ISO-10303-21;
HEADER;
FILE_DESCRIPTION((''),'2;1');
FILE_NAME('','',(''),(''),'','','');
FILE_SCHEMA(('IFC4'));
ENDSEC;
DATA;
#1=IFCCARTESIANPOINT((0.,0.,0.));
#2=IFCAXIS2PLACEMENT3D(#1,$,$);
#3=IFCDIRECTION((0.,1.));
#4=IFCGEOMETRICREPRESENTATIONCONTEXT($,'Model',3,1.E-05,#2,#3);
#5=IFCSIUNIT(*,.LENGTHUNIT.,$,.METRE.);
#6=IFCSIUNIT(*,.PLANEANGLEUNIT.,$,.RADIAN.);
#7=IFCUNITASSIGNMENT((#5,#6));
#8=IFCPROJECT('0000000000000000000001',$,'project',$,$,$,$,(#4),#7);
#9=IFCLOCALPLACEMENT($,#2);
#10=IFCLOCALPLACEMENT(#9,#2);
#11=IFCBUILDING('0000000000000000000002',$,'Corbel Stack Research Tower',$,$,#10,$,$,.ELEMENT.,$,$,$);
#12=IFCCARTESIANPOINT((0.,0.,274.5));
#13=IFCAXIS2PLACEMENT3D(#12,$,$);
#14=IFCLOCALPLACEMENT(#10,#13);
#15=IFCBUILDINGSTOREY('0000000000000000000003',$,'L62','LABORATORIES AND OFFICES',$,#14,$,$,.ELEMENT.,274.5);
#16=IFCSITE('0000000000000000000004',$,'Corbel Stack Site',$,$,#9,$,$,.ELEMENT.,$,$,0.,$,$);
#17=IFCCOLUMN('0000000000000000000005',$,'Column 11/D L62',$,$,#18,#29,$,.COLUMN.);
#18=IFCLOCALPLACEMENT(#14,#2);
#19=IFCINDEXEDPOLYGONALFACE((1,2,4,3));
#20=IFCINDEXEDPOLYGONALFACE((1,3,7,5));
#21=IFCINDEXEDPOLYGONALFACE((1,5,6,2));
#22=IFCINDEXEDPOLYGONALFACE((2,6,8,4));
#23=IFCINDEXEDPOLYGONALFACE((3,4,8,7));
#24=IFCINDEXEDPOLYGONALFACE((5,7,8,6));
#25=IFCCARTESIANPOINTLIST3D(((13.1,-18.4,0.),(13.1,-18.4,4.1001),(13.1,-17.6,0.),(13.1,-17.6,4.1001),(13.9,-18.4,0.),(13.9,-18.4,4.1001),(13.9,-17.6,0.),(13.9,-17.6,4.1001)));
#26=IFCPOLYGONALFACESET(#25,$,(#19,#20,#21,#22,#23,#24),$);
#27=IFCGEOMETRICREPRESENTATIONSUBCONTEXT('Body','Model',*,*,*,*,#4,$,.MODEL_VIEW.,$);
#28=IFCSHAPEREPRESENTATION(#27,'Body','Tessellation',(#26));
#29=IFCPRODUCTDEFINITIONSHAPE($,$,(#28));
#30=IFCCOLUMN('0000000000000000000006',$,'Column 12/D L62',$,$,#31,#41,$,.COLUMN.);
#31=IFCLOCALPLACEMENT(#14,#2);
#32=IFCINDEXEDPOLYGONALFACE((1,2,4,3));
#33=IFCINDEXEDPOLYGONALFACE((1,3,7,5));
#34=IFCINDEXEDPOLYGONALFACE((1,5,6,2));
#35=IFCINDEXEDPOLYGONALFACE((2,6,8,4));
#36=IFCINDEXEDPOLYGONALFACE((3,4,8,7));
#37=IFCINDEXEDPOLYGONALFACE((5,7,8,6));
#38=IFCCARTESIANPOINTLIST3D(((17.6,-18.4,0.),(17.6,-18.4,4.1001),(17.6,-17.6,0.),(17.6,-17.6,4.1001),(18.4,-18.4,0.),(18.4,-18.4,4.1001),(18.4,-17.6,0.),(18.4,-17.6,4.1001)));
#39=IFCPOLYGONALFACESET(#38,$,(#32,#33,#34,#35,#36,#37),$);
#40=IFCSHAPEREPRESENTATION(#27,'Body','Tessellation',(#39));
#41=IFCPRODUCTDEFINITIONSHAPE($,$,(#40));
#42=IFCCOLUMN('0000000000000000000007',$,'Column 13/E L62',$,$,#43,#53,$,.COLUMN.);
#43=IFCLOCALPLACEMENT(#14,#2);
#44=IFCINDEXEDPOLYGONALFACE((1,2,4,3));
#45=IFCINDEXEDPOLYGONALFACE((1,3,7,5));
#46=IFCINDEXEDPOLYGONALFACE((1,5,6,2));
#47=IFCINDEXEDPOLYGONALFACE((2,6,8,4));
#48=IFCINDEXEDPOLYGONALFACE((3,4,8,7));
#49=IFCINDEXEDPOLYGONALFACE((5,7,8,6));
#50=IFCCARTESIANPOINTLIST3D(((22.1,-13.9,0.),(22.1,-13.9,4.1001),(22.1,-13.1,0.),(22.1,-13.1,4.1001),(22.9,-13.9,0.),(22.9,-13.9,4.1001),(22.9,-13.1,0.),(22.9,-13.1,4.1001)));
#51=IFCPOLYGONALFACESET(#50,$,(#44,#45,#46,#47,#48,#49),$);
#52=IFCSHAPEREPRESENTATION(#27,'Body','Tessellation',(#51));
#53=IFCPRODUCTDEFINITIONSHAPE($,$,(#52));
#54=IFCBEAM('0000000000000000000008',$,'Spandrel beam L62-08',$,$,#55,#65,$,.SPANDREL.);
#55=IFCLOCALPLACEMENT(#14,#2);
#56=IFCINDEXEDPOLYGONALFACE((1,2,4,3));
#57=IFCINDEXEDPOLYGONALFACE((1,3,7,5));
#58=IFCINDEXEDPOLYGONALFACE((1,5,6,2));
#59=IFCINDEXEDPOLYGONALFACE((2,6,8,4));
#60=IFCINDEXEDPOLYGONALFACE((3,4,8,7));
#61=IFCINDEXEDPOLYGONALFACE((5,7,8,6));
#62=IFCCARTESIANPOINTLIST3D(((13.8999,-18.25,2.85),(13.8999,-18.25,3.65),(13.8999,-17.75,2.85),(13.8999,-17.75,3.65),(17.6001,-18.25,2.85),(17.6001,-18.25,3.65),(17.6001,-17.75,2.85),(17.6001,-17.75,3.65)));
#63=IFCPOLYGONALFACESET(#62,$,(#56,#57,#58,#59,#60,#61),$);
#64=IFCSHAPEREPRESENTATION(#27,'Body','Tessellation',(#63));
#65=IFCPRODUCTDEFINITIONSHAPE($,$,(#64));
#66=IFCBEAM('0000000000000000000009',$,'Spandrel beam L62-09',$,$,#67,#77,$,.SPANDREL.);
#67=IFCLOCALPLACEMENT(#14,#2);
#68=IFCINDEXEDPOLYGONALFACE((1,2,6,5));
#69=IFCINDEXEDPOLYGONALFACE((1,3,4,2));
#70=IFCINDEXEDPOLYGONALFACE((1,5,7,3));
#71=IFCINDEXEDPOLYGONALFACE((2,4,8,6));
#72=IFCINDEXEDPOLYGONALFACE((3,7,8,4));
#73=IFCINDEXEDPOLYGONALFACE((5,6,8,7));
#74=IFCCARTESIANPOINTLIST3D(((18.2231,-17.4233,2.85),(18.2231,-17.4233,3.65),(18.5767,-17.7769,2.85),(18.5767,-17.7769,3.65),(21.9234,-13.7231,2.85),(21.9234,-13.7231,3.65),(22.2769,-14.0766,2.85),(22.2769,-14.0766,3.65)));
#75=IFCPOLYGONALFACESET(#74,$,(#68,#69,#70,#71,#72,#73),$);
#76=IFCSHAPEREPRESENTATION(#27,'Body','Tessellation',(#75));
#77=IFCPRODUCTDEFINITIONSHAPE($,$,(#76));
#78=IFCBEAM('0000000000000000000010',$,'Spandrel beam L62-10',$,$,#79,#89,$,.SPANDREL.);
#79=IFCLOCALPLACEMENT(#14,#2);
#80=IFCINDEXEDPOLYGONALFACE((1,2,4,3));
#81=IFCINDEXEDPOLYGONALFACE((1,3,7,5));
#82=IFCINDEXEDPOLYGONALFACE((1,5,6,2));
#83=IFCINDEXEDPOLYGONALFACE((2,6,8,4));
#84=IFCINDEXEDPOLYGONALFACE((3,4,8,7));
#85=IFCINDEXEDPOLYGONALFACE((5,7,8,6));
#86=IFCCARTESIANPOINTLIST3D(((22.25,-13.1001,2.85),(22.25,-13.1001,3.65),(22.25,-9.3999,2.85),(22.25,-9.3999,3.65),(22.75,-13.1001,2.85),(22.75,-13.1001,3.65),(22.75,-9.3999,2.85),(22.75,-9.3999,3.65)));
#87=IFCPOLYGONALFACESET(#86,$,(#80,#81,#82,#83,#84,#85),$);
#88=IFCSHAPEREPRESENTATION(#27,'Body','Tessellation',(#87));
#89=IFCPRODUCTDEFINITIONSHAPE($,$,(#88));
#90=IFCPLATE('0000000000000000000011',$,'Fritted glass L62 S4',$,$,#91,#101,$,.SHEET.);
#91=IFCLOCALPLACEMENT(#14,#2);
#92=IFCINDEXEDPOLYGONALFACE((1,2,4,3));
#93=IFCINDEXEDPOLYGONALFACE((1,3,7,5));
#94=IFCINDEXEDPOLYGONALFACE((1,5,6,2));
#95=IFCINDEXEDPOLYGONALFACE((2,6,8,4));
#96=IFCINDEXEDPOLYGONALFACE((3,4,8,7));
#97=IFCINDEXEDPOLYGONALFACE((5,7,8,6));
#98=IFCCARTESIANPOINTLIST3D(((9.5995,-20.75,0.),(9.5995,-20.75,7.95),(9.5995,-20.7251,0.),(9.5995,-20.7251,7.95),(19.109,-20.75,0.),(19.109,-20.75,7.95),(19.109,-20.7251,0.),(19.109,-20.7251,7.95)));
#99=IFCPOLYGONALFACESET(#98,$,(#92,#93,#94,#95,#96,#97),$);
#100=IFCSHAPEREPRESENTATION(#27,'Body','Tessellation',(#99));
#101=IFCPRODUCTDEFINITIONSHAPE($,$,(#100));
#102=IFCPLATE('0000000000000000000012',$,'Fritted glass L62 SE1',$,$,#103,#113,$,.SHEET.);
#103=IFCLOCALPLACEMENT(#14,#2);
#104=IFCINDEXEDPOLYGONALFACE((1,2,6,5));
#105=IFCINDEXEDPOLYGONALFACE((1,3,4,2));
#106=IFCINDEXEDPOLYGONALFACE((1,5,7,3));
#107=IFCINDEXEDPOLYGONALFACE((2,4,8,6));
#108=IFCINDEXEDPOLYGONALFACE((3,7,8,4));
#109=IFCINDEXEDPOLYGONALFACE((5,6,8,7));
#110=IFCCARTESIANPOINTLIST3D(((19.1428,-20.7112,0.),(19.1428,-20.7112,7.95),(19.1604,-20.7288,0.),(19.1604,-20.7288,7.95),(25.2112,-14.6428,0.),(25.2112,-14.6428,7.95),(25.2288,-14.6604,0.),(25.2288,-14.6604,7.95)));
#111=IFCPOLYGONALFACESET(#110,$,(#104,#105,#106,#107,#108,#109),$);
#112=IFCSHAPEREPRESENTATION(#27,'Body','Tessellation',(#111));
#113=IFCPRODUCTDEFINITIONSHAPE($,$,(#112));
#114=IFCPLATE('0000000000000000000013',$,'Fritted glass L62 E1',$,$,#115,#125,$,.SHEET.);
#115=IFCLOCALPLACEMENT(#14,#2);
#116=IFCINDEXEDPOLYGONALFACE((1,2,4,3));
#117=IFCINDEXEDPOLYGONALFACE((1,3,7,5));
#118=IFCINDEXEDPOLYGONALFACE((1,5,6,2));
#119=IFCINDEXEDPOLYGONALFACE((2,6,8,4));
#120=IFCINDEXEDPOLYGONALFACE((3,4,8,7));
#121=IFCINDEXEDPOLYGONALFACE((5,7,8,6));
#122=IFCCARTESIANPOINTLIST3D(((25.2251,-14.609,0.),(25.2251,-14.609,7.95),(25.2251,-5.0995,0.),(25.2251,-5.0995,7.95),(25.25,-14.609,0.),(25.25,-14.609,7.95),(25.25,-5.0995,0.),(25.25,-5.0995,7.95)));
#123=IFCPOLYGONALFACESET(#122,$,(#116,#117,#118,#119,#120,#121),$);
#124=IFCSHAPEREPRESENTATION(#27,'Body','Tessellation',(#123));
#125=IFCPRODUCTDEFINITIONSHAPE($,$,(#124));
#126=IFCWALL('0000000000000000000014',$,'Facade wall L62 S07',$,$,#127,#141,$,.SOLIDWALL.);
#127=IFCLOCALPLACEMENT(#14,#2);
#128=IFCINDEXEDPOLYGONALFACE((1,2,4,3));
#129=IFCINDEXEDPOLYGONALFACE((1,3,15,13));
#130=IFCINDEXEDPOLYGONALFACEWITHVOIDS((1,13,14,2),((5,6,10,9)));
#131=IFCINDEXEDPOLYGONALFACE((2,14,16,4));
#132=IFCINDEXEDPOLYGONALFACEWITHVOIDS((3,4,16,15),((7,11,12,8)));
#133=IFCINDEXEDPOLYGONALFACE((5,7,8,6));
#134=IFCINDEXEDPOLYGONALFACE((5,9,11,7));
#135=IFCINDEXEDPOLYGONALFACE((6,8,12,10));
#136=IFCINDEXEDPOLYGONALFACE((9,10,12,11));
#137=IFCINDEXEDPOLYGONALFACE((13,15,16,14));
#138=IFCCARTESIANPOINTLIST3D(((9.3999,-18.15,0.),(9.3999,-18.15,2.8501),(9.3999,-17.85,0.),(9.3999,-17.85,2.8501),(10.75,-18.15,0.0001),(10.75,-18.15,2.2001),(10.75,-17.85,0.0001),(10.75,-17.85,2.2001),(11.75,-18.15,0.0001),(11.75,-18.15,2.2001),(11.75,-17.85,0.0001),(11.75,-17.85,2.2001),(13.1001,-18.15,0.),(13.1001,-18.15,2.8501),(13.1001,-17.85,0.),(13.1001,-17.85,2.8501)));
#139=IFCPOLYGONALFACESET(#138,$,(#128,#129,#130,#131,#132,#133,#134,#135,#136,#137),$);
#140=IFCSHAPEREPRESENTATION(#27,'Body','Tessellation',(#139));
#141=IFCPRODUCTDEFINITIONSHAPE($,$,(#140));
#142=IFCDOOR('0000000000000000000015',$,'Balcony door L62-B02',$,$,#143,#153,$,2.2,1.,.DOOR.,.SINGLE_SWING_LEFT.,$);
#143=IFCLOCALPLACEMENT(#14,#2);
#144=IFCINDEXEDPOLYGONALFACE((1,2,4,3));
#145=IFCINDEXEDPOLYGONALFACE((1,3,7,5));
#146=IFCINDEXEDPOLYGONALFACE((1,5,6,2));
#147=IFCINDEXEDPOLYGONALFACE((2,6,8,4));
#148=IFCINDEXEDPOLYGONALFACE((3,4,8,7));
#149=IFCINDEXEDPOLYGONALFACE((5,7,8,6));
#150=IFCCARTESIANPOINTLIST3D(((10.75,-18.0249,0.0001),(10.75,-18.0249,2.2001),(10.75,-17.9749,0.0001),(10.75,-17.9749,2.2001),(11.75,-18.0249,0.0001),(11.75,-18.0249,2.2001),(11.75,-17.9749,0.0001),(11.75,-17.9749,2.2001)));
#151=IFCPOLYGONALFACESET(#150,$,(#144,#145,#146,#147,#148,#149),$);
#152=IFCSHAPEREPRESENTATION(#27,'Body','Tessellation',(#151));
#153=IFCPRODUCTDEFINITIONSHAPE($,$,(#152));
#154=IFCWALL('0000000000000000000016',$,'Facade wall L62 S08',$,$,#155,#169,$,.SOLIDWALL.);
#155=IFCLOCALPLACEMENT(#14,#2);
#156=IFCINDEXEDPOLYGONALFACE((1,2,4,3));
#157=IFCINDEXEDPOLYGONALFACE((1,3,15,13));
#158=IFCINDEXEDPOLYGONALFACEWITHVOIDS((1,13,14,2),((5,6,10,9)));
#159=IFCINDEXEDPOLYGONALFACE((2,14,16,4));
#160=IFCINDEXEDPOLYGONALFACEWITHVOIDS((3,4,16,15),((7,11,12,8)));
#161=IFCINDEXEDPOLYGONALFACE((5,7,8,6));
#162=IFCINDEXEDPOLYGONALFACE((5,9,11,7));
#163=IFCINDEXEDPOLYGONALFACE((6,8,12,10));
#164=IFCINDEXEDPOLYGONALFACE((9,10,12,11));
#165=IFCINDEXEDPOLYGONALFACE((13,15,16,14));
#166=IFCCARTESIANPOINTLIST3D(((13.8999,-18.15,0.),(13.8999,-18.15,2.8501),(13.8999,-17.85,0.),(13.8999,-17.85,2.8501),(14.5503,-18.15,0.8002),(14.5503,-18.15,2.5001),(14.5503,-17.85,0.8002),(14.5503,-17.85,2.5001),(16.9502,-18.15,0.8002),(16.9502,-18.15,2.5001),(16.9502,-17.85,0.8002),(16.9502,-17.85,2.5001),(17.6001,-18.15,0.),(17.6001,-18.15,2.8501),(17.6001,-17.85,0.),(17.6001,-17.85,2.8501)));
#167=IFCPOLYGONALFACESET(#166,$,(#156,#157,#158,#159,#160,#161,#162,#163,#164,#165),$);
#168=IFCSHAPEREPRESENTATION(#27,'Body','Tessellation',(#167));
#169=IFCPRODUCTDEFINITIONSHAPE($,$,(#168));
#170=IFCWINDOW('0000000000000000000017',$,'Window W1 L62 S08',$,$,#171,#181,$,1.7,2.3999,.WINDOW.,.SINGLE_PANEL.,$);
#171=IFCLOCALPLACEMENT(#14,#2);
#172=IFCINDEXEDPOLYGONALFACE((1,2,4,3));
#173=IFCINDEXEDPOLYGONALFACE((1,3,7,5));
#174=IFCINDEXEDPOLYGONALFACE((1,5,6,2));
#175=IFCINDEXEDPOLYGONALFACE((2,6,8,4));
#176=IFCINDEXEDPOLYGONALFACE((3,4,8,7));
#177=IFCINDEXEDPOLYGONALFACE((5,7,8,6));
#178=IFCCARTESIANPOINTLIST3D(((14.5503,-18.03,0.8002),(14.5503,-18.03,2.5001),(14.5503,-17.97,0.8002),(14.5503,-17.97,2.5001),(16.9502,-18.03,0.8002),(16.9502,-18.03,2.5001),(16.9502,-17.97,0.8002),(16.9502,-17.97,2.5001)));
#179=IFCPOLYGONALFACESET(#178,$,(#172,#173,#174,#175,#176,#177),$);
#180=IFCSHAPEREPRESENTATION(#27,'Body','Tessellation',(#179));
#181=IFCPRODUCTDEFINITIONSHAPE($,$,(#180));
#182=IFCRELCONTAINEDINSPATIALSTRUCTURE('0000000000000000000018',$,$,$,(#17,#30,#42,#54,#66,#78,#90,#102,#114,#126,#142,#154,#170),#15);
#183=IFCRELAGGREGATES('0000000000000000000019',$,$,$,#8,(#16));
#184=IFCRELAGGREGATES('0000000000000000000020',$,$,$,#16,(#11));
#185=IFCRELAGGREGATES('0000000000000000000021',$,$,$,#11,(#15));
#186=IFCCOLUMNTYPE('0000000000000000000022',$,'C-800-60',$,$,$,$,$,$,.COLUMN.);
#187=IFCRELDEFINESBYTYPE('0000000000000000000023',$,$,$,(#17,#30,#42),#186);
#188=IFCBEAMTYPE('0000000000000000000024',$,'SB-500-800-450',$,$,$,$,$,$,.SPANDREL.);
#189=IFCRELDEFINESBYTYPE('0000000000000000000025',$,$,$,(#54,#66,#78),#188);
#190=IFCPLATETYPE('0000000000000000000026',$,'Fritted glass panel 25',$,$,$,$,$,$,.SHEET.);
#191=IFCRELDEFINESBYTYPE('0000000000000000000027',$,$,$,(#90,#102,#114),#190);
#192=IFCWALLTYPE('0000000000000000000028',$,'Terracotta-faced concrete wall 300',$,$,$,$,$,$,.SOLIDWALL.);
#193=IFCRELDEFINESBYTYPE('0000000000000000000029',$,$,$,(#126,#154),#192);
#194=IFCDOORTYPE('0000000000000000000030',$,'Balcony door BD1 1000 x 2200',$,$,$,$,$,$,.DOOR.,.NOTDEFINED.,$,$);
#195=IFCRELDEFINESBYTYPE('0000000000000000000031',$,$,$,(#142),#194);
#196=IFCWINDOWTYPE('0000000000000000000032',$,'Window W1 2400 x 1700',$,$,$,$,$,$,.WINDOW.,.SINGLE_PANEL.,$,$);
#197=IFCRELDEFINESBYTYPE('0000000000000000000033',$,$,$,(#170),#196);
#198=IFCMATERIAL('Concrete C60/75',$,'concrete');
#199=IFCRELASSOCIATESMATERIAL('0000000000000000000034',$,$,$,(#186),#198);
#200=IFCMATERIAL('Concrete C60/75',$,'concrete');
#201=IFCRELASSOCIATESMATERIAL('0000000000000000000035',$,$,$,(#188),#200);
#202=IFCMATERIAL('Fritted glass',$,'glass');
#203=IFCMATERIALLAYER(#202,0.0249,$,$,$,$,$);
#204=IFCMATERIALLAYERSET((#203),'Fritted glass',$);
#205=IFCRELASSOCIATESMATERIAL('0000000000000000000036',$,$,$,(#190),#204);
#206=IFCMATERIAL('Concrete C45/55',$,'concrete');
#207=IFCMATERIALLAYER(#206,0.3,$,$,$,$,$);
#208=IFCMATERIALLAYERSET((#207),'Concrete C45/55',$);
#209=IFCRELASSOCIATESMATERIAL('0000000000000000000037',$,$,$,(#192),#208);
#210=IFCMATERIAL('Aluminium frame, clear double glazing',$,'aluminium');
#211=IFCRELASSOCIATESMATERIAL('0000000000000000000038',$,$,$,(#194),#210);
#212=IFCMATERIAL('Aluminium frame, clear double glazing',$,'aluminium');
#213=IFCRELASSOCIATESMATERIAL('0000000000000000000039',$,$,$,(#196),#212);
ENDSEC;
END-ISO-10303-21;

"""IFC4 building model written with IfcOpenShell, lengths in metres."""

from ifc_helpers import new_model, si_unit, direction, frame, frame_2d, origin, origin_2d, place, context, subcontext, project, spatial, rectangle, extrude, material, layer, layer_set, material_profile, profile_set, type_object, element, fill, save


model = new_model("IFC4")

# Units and contexts
model_context = context("Model", 3, precision=1e-05, world=origin(), true_north=direction((0.0, 1.0)))
body_context = subcontext(model_context, "Body", "Model", "MODEL_VIEW")
ifc_project = project(units=[si_unit("LENGTHUNIT", "METRE"), si_unit("PLANEANGLEUNIT", "RADIAN")], contexts=[model_context])

# Site, building, storey
site_placement = place(None, origin())
site = spatial("IfcSite", under=ifc_project, at=site_placement, Name="Corbel Stack Site", CompositionType="ELEMENT", RefElevation=0.0)
building_placement = place(site_placement, origin())
building = spatial("IfcBuilding", under=site, at=building_placement, Name="Corbel Stack Research Tower", CompositionType="ELEMENT")
storey_placement = place(building_placement, frame((0.0, 0.0, 274.5)))
storey = spatial("IfcBuildingStorey", under=building, at=storey_placement, Name="L62", Description="LABORATORIES AND OFFICES", CompositionType="ELEMENT", Elevation=274.5)

# Columns
ifc_material_1 = material(Name="Concrete C60/75", Category="concrete")
ifc_material_profile_1 = material_profile(ifc_material_1, rectangle(XDim=0.8, YDim=0.8, at=origin_2d()), Name="RC 800 x 800")
ifc_profile_set_1 = profile_set([ifc_material_profile_1], Name="Concrete C60/75")
column_type = type_object("IfcColumnType", Name="C-800-60", PredefinedType="COLUMN", material=ifc_profile_set_1)
for number, where, z_axis, x_axis, name in (
    (1, (13.5, -18.0, 0.0), (0.0, 0.0, 1.0), (1.0, 0.0, 0.0), "Column 11/D L62"),
    (2, (18.0, -18.0, 0.0), (0.0, 0.0, 1.0), (1.0, 0.0, 0.0), "Column 12/D L62"),
    (3, (22.5, -13.5, 0.0), (0.0, 0.0, 1.0), (1.0, 0.0, 0.0), "Column 13/E L62"),
):
    element("IfcColumn", number, at=place(storey_placement, frame(where, z_axis=z_axis, x_axis=x_axis)), inside=storey, type_object=column_type, Name=name, PredefinedType="COLUMN", context=body_context, shape_type="SweptSolid", body=[
        extrude(rectangle(XDim=0.8, YDim=0.8, at=origin_2d()), origin(), (0.0, 0.0, 1.0), 4.1001),
    ])

# Beams
ifc_material_2 = material(Name="Concrete C60/75", Category="concrete")
ifc_material_profile_2 = material_profile(ifc_material_2, rectangle(XDim=0.5, YDim=0.8, at=origin_2d()), Name="RC 500 x 800")
ifc_profile_set_2 = profile_set([ifc_material_profile_2], Name="Concrete C60/75")
beam_type = type_object("IfcBeamType", Name="SB-500-800-450", PredefinedType="SPANDREL", material=ifc_profile_set_2)
beam_1_placement = place(storey_placement, frame((13.8999, -18.0, 3.25), z_axis=(1.0, 0.0, 0.0), x_axis=(0.0, 1.0, 0.0)))
element("IfcBeam", 4, at=beam_1_placement, inside=storey, type_object=beam_type, Name="Spandrel beam L62-08", PredefinedType="SPANDREL", context=body_context, shape_type="SweptSolid", body=[
    extrude(rectangle(XDim=0.5, YDim=0.8, at=origin_2d()), origin(), (0.0, 0.0, 1.0), 3.7002),
])
beam_2_placement = place(storey_placement, frame((18.3999, -17.6001, 3.25), z_axis=(0.707107, 0.707107, 0.0), x_axis=(-0.707107, 0.707107, 0.0)))
element("IfcBeam", 5, at=beam_2_placement, inside=storey, type_object=beam_type, Name="Spandrel beam L62-09", PredefinedType="SPANDREL", context=body_context, shape_type="SweptSolid", body=[
    extrude(rectangle(XDim=0.5, YDim=0.8, at=origin_2d()), origin(), (0.0, 0.0, 1.0), 5.2329),
])
beam_3_placement = place(storey_placement, frame((22.5, -13.1001, 3.25), z_axis=(0.0, 1.0, 0.0), x_axis=(-1.0, 0.0, 0.0)))
element("IfcBeam", 6, at=beam_3_placement, inside=storey, type_object=beam_type, Name="Spandrel beam L62-10", PredefinedType="SPANDREL", context=body_context, shape_type="SweptSolid", body=[
    extrude(rectangle(XDim=0.5, YDim=0.8, at=origin_2d()), origin(), (0.0, 0.0, 1.0), 3.7002),
])

# Plates
ifc_material_3 = material(Name="Fritted glass", Category="glass")
ifc_layer_1 = layer(ifc_material_3, 0.0249)
ifc_layer_set_1 = layer_set([ifc_layer_1], Name="Fritted glass")
plate_type = type_object("IfcPlateType", Name="Fritted glass panel 25", PredefinedType="SHEET", material=ifc_layer_set_1)
plate_1_placement = place(storey_placement, frame((14.3542, -20.7375, 0.0), z_axis=(0.0, 0.0, 1.0), x_axis=(1.0, 0.0, 0.0)))
element("IfcPlate", 7, at=plate_1_placement, inside=storey, type_object=plate_type, Name="Fritted glass L62 S4", PredefinedType="SHEET", context=body_context, shape_type="SweptSolid", body=[
    extrude(rectangle(XDim=9.5095, YDim=0.0249, at=origin_2d()), origin(), (0.0, 0.0, 1.0), 7.95),
])
plate_2_placement = place(storey_placement, frame((22.1858, -17.6858, 0.0), z_axis=(0.0, 0.0, 1.0), x_axis=(0.707107, 0.707107, 0.0)))
element("IfcPlate", 8, at=plate_2_placement, inside=storey, type_object=plate_type, Name="Fritted glass L62 SE1", PredefinedType="SHEET", context=body_context, shape_type="SweptSolid", body=[
    extrude(rectangle(XDim=8.582, YDim=0.0249, at=origin_2d()), origin(), (0.0, 0.0, 1.0), 7.95),
])
plate_3_placement = place(storey_placement, frame((25.2375, -9.8542, 0.0), z_axis=(0.0, 0.0, 1.0), x_axis=(0.0, 1.0, 0.0)))
element("IfcPlate", 9, at=plate_3_placement, inside=storey, type_object=plate_type, Name="Fritted glass L62 E1", PredefinedType="SHEET", context=body_context, shape_type="SweptSolid", body=[
    extrude(rectangle(XDim=9.5095, YDim=0.0249, at=origin_2d()), origin(), (0.0, 0.0, 1.0), 7.95),
])

# Wall, opening, door
ifc_material_4 = material(Name="Concrete C45/55", Category="concrete")
ifc_layer_2 = layer(ifc_material_4, 0.3)
ifc_layer_set_2 = layer_set([ifc_layer_2], Name="Concrete C45/55")
wall_type_1 = type_object("IfcWallType", Name="Terracotta-faced concrete wall 300", PredefinedType="SOLIDWALL", material=ifc_layer_set_2)
wall_1_placement = place(storey_placement, frame((13.1001, -18.0, 0.0), z_axis=(0.0, 0.0, 1.0), x_axis=(-1.0, 0.0, 0.0)))
wall_1 = element("IfcWall", 10, at=wall_1_placement, inside=storey, type_object=wall_type_1, Name="Facade wall L62 S07", PredefinedType="SOLIDWALL", context=body_context, shape_type="SweptSolid", body=[
    extrude(rectangle(XDim=3.7002, YDim=0.3, at=frame_2d((1.8501, 0.0))), origin(), (0.0, 0.0, 1.0), 2.8501),
])
opening_1_placement = place(wall_1_placement, frame((1.3501, 0.0, 0.0)))
opening_1 = element("IfcOpeningElement", 11, at=opening_1_placement, cuts=wall_1, PredefinedType="OPENING", context=body_context, shape_type="SweptSolid", body=[
    extrude(rectangle(XDim=1.0, YDim=2.2, at=frame_2d((0.5, 1.1001))), frame((0.0, 0.1599, 0.0), z_axis=(0.0, -1.0, 0.0), x_axis=(1.0, 0.0, 0.0)), (0.0, 0.0, 1.0), 0.3201),
])
ifc_material_5 = material(Name="Aluminium frame, clear double glazing", Category="aluminium")
door_type_1 = type_object("IfcDoorType", Name="Balcony door BD1 1000 x 2200", OperationType="NOTDEFINED", PredefinedType="DOOR", material=ifc_material_5)
door_1_placement = place(opening_1_placement, origin())
door_1 = element("IfcDoor", 12, at=door_1_placement, inside=storey, type_object=door_type_1, Name="Balcony door L62-B02", OperationType="SINGLE_SWING_LEFT", OverallHeight=2.2, OverallWidth=1.0, PredefinedType="DOOR", context=body_context, shape_type="SweptSolid", body=[
    extrude(rectangle(XDim=1.0, YDim=2.2, at=frame_2d((0.5, 1.1001))), frame((0.0, 0.0249, 0.0), z_axis=(0.0, -1.0, 0.0), x_axis=(1.0, 0.0, 0.0)), (0.0, 0.0, 1.0), 0.05),
])
fill(opening_1, door_1)

# Wall, opening, window
wall_2_placement = place(storey_placement, frame((17.6001, -18.0, 0.0), z_axis=(0.0, 0.0, 1.0), x_axis=(-1.0, 0.0, 0.0)))
wall_2 = element("IfcWall", 13, at=wall_2_placement, inside=storey, type_object=wall_type_1, Name="Facade wall L62 S08", PredefinedType="SOLIDWALL", context=body_context, shape_type="SweptSolid", body=[
    extrude(rectangle(XDim=3.7002, YDim=0.3, at=frame_2d((1.8501, 0.0))), origin(), (0.0, 0.0, 1.0), 2.8501),
])
opening_2_placement = place(wall_2_placement, frame((0.6499, 0.0, 0.8)))
opening_2 = element("IfcOpeningElement", 14, at=opening_2_placement, cuts=wall_2, PredefinedType="OPENING", context=body_context, shape_type="SweptSolid", body=[
    extrude(rectangle(XDim=2.3999, YDim=1.7, at=frame_2d((1.2, 0.8501))), frame((0.0, 0.1599, 0.0), z_axis=(0.0, -1.0, 0.0), x_axis=(1.0, 0.0, 0.0)), (0.0, 0.0, 1.0), 0.3201),
])
ifc_material_6 = material(Name="Aluminium frame, clear double glazing", Category="aluminium")
window_type = type_object("IfcWindowType", Name="Window W1 2400 x 1700", PartitioningType="SINGLE_PANEL", PredefinedType="WINDOW", material=ifc_material_6)
window_1_placement = place(opening_2_placement, origin())
window_1 = element("IfcWindow", 15, at=window_1_placement, inside=storey, type_object=window_type, Name="Window W1 L62 S08", OverallHeight=1.7, OverallWidth=2.3999, PartitioningType="SINGLE_PANEL", PredefinedType="WINDOW", context=body_context, shape_type="SweptSolid", body=[
    extrude(rectangle(XDim=2.3999, YDim=1.7, at=frame_2d((1.2, 0.8501))), frame((0.0, 0.03, 0.0), z_axis=(0.0, -1.0, 0.0), x_axis=(1.0, 0.0, 0.0)), (0.0, 0.0, 1.0), 0.0601),
])
fill(opening_2, window_1)

save(model, "model.ifc")
